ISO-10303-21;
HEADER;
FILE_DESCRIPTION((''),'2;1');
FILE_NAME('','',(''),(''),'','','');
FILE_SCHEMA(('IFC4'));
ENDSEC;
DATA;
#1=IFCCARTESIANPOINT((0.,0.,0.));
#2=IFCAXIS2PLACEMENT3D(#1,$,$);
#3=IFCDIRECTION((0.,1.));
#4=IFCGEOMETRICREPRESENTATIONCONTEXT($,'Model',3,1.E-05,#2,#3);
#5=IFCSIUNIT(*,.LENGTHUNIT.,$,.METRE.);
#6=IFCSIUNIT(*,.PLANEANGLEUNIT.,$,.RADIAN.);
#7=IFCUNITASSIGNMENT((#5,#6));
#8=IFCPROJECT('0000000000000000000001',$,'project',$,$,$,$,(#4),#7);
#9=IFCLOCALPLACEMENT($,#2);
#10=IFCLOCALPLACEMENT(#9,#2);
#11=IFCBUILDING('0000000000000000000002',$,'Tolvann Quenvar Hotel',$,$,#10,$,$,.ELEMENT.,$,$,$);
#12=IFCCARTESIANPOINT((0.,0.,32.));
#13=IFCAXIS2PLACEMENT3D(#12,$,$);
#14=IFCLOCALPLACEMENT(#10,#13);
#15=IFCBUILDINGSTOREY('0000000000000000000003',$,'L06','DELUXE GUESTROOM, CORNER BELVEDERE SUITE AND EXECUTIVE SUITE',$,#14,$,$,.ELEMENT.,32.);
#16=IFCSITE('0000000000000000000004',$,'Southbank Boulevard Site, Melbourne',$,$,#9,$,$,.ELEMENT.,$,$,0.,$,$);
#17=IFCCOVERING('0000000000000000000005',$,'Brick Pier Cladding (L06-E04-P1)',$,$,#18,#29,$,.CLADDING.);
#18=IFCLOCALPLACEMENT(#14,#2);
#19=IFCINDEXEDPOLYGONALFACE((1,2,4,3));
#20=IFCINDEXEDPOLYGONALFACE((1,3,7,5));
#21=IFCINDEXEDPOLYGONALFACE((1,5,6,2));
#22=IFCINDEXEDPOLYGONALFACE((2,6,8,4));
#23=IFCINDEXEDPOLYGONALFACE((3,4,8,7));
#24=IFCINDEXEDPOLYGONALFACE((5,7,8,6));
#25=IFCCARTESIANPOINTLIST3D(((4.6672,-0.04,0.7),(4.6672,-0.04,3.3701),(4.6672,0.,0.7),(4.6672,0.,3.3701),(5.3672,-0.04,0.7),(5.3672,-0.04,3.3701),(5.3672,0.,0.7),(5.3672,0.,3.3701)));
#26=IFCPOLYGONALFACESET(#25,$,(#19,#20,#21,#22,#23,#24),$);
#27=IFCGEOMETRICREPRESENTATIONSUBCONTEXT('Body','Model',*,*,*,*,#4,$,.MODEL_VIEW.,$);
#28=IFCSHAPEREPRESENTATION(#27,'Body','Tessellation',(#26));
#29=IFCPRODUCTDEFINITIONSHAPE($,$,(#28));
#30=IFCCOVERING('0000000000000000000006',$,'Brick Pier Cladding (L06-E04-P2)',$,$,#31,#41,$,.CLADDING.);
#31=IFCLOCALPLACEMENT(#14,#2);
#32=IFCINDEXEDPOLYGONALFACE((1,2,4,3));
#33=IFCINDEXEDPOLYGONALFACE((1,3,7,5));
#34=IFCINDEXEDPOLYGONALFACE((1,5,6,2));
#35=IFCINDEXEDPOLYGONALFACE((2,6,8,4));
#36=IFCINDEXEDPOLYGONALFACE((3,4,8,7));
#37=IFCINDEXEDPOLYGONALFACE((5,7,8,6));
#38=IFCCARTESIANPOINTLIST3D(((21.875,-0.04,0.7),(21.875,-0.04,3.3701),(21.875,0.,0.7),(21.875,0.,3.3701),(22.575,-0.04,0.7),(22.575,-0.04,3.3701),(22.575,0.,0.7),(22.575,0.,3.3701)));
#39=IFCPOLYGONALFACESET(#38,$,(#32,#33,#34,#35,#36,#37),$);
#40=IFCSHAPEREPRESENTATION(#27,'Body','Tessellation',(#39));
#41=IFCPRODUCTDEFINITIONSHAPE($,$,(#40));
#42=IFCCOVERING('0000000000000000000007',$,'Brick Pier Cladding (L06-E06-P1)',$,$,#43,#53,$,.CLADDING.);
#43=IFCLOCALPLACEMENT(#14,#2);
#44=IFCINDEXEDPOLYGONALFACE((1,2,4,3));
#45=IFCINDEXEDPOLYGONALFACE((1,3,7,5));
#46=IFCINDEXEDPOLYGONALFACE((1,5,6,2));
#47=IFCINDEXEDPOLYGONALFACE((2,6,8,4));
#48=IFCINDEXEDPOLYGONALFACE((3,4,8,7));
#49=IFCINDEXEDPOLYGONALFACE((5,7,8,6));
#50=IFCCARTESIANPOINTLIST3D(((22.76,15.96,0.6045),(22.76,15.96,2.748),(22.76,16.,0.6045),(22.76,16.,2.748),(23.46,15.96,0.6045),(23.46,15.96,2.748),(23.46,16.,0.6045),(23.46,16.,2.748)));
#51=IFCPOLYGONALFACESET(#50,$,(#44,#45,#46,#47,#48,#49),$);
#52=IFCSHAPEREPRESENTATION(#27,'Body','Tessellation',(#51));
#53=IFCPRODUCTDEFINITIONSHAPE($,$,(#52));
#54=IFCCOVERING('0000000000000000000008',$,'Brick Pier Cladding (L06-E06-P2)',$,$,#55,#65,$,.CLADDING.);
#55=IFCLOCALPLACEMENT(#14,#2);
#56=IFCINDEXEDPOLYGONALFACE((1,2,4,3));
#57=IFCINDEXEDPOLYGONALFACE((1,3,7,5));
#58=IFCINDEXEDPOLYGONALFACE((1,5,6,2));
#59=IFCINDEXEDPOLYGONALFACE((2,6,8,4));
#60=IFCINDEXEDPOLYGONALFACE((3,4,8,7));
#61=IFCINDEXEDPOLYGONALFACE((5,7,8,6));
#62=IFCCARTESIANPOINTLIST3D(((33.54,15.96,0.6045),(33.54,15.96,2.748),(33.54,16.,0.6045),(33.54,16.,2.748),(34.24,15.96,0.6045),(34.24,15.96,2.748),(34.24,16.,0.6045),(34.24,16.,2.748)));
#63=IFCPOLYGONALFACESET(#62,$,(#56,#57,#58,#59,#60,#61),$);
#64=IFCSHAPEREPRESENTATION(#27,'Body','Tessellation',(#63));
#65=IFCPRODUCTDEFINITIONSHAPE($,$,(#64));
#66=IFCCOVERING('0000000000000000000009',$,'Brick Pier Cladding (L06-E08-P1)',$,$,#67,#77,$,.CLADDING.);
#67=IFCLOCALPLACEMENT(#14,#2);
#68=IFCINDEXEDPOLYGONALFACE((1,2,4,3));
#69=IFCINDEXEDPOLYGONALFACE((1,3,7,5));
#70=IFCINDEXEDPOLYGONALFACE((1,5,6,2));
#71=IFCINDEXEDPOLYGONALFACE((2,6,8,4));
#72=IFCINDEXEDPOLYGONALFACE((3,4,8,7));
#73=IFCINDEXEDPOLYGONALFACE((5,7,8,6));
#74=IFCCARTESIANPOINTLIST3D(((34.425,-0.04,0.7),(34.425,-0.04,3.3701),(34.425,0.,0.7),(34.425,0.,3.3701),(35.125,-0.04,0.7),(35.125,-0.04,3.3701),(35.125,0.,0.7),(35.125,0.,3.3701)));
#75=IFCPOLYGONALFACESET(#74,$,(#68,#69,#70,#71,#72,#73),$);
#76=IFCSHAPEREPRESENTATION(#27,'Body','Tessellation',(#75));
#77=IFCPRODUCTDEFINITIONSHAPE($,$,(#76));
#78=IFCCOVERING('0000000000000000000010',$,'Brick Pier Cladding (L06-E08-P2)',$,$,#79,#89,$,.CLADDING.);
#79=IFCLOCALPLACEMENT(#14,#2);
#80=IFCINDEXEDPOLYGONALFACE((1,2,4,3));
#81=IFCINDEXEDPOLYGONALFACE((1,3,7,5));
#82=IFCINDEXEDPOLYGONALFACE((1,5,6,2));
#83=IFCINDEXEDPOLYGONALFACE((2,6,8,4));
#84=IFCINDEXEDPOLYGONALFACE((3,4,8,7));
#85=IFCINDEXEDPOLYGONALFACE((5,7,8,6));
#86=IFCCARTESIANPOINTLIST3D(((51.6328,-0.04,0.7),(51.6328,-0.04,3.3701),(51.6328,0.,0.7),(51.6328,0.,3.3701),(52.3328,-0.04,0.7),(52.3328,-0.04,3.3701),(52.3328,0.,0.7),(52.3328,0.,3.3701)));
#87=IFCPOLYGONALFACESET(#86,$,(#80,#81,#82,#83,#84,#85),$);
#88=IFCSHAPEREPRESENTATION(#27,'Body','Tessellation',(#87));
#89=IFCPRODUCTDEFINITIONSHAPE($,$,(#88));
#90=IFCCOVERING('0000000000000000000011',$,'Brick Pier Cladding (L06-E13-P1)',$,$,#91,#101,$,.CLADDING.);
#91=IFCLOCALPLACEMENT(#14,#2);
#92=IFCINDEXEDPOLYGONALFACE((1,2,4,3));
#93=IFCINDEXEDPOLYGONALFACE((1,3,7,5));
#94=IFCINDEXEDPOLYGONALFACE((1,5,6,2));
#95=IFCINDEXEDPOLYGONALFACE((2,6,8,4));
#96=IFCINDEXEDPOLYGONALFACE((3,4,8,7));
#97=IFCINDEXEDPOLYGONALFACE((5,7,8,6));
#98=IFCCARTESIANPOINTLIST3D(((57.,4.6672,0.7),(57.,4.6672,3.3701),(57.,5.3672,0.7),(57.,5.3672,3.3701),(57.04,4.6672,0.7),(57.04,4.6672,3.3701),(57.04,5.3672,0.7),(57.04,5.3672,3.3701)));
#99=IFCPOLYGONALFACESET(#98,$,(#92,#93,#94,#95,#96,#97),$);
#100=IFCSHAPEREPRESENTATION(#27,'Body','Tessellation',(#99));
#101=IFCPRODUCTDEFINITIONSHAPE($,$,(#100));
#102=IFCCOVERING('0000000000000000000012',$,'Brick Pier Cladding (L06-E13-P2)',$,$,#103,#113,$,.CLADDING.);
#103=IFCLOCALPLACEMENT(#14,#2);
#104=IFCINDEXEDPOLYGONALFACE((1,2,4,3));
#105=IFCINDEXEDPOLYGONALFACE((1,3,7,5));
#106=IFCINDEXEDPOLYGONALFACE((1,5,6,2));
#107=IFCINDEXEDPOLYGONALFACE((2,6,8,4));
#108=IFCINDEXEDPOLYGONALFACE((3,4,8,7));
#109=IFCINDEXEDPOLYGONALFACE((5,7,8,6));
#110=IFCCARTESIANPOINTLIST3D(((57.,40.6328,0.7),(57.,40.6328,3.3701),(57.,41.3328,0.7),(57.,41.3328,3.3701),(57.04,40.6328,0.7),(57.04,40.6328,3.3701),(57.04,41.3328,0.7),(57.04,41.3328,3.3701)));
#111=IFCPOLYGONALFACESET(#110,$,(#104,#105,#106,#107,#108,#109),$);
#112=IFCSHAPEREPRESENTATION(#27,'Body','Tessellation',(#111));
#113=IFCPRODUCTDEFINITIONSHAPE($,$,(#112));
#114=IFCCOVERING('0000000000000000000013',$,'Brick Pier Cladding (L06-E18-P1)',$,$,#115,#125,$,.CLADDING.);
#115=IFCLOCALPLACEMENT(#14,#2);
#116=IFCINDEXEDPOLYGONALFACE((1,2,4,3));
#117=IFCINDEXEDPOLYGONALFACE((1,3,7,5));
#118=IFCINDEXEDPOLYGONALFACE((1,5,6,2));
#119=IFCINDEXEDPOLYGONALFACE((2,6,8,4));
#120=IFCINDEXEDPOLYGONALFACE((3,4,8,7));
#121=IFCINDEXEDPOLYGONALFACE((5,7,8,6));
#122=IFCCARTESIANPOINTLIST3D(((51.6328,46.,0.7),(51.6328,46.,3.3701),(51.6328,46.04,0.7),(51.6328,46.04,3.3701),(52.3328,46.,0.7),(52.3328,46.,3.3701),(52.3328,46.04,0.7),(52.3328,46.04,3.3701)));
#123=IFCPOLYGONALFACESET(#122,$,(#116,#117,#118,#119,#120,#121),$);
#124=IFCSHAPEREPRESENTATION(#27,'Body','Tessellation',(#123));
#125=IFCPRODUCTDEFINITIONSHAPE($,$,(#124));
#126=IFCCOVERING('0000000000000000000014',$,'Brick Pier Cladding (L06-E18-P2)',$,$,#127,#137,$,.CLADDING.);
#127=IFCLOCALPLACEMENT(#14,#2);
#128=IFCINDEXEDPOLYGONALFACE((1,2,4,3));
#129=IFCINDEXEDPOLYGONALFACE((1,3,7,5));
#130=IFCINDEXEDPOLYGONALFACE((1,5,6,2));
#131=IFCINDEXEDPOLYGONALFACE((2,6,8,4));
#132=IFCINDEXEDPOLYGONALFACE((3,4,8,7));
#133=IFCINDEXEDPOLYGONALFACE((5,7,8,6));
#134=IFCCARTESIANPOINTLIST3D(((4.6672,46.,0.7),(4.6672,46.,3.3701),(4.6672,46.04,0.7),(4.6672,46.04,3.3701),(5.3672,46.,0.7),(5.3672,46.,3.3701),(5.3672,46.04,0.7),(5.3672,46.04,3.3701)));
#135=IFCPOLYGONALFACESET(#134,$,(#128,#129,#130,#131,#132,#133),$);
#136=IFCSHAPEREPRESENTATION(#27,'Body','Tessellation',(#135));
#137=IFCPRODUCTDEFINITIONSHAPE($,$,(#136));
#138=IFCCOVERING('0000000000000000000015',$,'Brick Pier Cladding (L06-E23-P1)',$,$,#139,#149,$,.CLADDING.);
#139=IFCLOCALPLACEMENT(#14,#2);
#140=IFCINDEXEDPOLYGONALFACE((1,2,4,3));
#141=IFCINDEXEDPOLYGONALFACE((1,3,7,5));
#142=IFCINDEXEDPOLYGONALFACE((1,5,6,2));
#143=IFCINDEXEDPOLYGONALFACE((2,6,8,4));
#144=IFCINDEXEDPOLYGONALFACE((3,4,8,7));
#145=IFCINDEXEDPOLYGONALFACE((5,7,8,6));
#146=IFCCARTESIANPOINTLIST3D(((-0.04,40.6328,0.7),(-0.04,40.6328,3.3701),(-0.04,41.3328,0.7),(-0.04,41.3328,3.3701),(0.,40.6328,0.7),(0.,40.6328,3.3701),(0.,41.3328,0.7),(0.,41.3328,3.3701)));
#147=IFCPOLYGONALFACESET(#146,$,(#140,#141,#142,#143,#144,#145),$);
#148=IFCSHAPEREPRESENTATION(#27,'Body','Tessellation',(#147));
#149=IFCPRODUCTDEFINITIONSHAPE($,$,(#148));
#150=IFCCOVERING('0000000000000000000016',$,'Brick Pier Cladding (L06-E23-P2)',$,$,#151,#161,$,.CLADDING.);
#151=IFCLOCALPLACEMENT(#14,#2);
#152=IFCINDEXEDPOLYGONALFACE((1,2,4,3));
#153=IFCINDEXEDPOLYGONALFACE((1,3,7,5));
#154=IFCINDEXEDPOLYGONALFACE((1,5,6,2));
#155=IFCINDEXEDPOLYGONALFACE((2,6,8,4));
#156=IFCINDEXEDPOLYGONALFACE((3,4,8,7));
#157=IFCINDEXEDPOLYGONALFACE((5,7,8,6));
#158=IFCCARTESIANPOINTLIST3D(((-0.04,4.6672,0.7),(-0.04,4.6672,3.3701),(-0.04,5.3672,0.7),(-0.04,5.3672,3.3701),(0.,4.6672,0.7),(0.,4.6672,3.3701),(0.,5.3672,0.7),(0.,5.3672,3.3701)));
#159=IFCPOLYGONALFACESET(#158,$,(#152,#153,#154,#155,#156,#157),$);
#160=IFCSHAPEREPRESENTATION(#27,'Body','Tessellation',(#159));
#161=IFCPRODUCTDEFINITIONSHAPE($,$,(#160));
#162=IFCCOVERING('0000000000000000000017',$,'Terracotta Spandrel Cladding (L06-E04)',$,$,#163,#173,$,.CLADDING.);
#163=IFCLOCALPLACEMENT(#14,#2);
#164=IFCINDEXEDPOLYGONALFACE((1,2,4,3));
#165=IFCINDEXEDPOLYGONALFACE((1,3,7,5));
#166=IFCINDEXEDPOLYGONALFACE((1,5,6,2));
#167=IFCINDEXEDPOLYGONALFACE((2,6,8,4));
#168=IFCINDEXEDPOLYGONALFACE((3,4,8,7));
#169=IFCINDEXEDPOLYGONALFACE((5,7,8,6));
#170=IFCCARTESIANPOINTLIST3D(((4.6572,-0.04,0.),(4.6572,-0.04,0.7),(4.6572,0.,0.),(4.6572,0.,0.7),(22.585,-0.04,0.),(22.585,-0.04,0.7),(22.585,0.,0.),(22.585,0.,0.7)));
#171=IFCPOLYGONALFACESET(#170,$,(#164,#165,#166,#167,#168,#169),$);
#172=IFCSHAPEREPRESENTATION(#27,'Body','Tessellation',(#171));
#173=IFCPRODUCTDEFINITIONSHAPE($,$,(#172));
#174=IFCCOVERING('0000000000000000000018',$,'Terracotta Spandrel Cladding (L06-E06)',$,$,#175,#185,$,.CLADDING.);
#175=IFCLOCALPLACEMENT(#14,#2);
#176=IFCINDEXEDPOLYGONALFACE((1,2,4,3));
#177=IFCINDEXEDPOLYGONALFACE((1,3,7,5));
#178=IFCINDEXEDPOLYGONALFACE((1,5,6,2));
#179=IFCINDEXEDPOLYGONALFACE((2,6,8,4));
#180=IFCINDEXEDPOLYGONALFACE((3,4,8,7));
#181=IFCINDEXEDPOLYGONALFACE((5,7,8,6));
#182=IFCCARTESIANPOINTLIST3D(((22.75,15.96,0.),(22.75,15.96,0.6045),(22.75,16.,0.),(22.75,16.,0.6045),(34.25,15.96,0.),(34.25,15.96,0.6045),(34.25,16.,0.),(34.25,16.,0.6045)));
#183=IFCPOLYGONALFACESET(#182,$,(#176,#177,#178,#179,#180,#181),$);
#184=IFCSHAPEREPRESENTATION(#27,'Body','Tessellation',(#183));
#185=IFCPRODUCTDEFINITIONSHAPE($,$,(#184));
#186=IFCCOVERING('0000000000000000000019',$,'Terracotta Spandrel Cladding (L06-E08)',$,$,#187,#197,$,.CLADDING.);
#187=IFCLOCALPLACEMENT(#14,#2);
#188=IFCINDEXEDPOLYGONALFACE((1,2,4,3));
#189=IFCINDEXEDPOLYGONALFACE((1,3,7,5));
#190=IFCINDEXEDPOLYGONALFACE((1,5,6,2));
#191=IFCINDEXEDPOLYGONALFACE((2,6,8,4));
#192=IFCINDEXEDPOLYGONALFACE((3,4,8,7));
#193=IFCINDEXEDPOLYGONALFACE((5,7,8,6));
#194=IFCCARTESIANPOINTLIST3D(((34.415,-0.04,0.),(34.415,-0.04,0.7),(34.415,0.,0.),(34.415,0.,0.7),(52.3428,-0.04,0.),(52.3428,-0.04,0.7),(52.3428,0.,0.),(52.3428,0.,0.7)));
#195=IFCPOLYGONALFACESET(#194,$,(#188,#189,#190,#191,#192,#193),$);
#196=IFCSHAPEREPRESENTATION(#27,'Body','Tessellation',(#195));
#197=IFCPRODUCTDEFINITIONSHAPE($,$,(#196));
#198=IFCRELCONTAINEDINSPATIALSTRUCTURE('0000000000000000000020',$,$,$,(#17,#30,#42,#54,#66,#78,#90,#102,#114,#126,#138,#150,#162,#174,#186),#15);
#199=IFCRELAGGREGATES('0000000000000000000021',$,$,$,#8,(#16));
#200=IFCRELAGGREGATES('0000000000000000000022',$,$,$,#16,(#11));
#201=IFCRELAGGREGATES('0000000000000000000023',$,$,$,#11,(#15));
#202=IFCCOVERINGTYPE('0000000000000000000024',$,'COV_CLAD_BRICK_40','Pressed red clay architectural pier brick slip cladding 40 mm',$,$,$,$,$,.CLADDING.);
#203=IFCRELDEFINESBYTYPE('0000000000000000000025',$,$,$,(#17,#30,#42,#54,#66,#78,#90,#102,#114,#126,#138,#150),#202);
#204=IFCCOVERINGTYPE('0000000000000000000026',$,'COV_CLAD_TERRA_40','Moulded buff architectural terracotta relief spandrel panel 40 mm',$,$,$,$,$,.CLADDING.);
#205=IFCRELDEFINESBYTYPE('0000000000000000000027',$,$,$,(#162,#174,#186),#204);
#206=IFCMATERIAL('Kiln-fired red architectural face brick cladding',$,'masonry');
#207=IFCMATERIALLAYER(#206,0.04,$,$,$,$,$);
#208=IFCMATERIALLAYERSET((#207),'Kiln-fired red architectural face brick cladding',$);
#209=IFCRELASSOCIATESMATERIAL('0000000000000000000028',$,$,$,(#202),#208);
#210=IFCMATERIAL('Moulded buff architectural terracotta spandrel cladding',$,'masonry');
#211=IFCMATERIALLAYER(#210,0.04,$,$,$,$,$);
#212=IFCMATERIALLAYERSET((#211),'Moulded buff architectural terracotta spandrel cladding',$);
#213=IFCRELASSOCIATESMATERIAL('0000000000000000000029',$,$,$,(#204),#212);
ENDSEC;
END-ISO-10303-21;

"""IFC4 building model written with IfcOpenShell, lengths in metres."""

from ifc_helpers import new_model, si_unit, direction, frame, origin, place, context, subcontext, project, spatial, polyline, outline, extrude, material, layer, layer_set, type_object, element, save


model = new_model("IFC4")

# Units and contexts
model_context = context("Model", 3, precision=1e-05, world=origin(), true_north=direction((0.0, 1.0)))
body_context = subcontext(model_context, "Body", "Model", "MODEL_VIEW")
ifc_project = project(units=[si_unit("LENGTHUNIT", "METRE"), si_unit("PLANEANGLEUNIT", "RADIAN")], contexts=[model_context])

# Site, building, storey
site_placement = place(None, origin())
site = spatial("IfcSite", under=ifc_project, at=site_placement, Name="Southbank Boulevard Site, Melbourne", CompositionType="ELEMENT", RefElevation=0.0)
building_placement = place(site_placement, origin())
building = spatial("IfcBuilding", under=site, at=building_placement, Name="Tolvann Quenvar Hotel", CompositionType="ELEMENT")
storey_placement = place(building_placement, frame((0.0, 0.0, 32.0)))
storey = spatial("IfcBuildingStorey", under=building, at=storey_placement, Name="L06", Description="DELUXE GUESTROOM, CORNER BELVEDERE SUITE AND EXECUTIVE SUITE", CompositionType="ELEMENT", Elevation=32.0)

# Coverings
ifc_material_1 = material(Name="Kiln-fired red architectural face brick cladding", Category="masonry")
ifc_layer_1 = layer(ifc_material_1, 0.04)
ifc_layer_set_1 = layer_set([ifc_layer_1], Name="Kiln-fired red architectural face brick cladding")
covering_type_1 = type_object("IfcCoveringType", Name="COV_CLAD_BRICK_40", Description="Pressed red clay architectural pier brick slip cladding 40 mm", PredefinedType="CLADDING", material=ifc_layer_set_1)
covering_1_placement = place(storey_placement, frame((0.0, 0.0, 0.7)))
element("IfcCovering", 1, at=covering_1_placement, inside=storey, type_object=covering_type_1, Name="Brick Pier Cladding (L06-E04-P1)", PredefinedType="CLADDING", context=body_context, shape_type="SweptSolid", body=[
    extrude(outline(polyline([(4.6672, 0.0), (5.3672, 0.0), (5.3672, -0.04), (4.6672, -0.04), (4.6672, 0.0)])), origin(), (0.0, 0.0, 1.0), 2.6702),
])
covering_2_placement = place(storey_placement, frame((0.0, 0.0, 0.7)))
element("IfcCovering", 2, at=covering_2_placement, inside=storey, type_object=covering_type_1, Name="Brick Pier Cladding (L06-E04-P2)", PredefinedType="CLADDING", context=body_context, shape_type="SweptSolid", body=[
    extrude(outline(polyline([(21.875, 0.0), (22.575, 0.0), (22.575, -0.04), (21.875, -0.04), (21.875, 0.0)])), origin(), (0.0, 0.0, 1.0), 2.6702),
])
covering_3_placement = place(storey_placement, frame((0.0, 0.0, 0.6045)))
element("IfcCovering", 3, at=covering_3_placement, inside=storey, type_object=covering_type_1, Name="Brick Pier Cladding (L06-E06-P1)", PredefinedType="CLADDING", context=body_context, shape_type="SweptSolid", body=[
    extrude(outline(polyline([(22.76, 16.0), (23.46, 16.0), (23.46, 15.96), (22.76, 15.96), (22.76, 16.0)])), origin(), (0.0, 0.0, 1.0), 2.1436),
])
covering_4_placement = place(storey_placement, frame((0.0, 0.0, 0.6045)))
element("IfcCovering", 4, at=covering_4_placement, inside=storey, type_object=covering_type_1, Name="Brick Pier Cladding (L06-E06-P2)", PredefinedType="CLADDING", context=body_context, shape_type="SweptSolid", body=[
    extrude(outline(polyline([(33.54, 16.0), (34.24, 16.0), (34.24, 15.96), (33.54, 15.96), (33.54, 16.0)])), origin(), (0.0, 0.0, 1.0), 2.1436),
])
covering_5_placement = place(storey_placement, frame((0.0, 0.0, 0.7)))
element("IfcCovering", 5, at=covering_5_placement, inside=storey, type_object=covering_type_1, Name="Brick Pier Cladding (L06-E08-P1)", PredefinedType="CLADDING", context=body_context, shape_type="SweptSolid", body=[
    extrude(outline(polyline([(34.425, 0.0), (35.125, 0.0), (35.125, -0.04), (34.425, -0.04), (34.425, 0.0)])), origin(), (0.0, 0.0, 1.0), 2.6702),
])
covering_6_placement = place(storey_placement, frame((0.0, 0.0, 0.7)))
element("IfcCovering", 6, at=covering_6_placement, inside=storey, type_object=covering_type_1, Name="Brick Pier Cladding (L06-E08-P2)", PredefinedType="CLADDING", context=body_context, shape_type="SweptSolid", body=[
    extrude(outline(polyline([(51.6328, 0.0), (52.3328, 0.0), (52.3328, -0.04), (51.6328, -0.04), (51.6328, 0.0)])), origin(), (0.0, 0.0, 1.0), 2.6702),
])
covering_7_placement = place(storey_placement, frame((0.0, 0.0, 0.7)))
element("IfcCovering", 7, at=covering_7_placement, inside=storey, type_object=covering_type_1, Name="Brick Pier Cladding (L06-E13-P1)", PredefinedType="CLADDING", context=body_context, shape_type="SweptSolid", body=[
    extrude(outline(polyline([(57.0, 4.6672), (57.0, 5.3672), (57.04, 5.3672), (57.04, 4.6672), (57.0, 4.6672)])), origin(), (0.0, 0.0, 1.0), 2.6702),
])
covering_8_placement = place(storey_placement, frame((0.0, 0.0, 0.7)))
element("IfcCovering", 8, at=covering_8_placement, inside=storey, type_object=covering_type_1, Name="Brick Pier Cladding (L06-E13-P2)", PredefinedType="CLADDING", context=body_context, shape_type="SweptSolid", body=[
    extrude(outline(polyline([(57.0, 40.6328), (57.0, 41.3328), (57.04, 41.3328), (57.04, 40.6328), (57.0, 40.6328)])), origin(), (0.0, 0.0, 1.0), 2.6702),
])
covering_9_placement = place(storey_placement, frame((0.0, 0.0, 0.7)))
element("IfcCovering", 9, at=covering_9_placement, inside=storey, type_object=covering_type_1, Name="Brick Pier Cladding (L06-E18-P1)", PredefinedType="CLADDING", context=body_context, shape_type="SweptSolid", body=[
    extrude(outline(polyline([(52.3328, 46.0), (51.6328, 46.0), (51.6328, 46.04), (52.3328, 46.04), (52.3328, 46.0)])), origin(), (0.0, 0.0, 1.0), 2.6702),
])
covering_10_placement = place(storey_placement, frame((0.0, 0.0, 0.7)))
element("IfcCovering", 10, at=covering_10_placement, inside=storey, type_object=covering_type_1, Name="Brick Pier Cladding (L06-E18-P2)", PredefinedType="CLADDING", context=body_context, shape_type="SweptSolid", body=[
    extrude(outline(polyline([(5.3672, 46.0), (4.6672, 46.0), (4.6672, 46.04), (5.3672, 46.04), (5.3672, 46.0)])), origin(), (0.0, 0.0, 1.0), 2.6702),
])
covering_11_placement = place(storey_placement, frame((0.0, 0.0, 0.7)))
element("IfcCovering", 11, at=covering_11_placement, inside=storey, type_object=covering_type_1, Name="Brick Pier Cladding (L06-E23-P1)", PredefinedType="CLADDING", context=body_context, shape_type="SweptSolid", body=[
    extrude(outline(polyline([(0.0, 41.3328), (0.0, 40.6328), (-0.04, 40.6328), (-0.04, 41.3328), (0.0, 41.3328)])), origin(), (0.0, 0.0, 1.0), 2.6702),
])
covering_12_placement = place(storey_placement, frame((0.0, 0.0, 0.7)))
element("IfcCovering", 12, at=covering_12_placement, inside=storey, type_object=covering_type_1, Name="Brick Pier Cladding (L06-E23-P2)", PredefinedType="CLADDING", context=body_context, shape_type="SweptSolid", body=[
    extrude(outline(polyline([(0.0, 5.3672), (0.0, 4.6672), (-0.04, 4.6672), (-0.04, 5.3672), (0.0, 5.3672)])), origin(), (0.0, 0.0, 1.0), 2.6702),
])
ifc_material_2 = material(Name="Moulded buff architectural terracotta spandrel cladding", Category="masonry")
ifc_layer_2 = layer(ifc_material_2, 0.04)
ifc_layer_set_2 = layer_set([ifc_layer_2], Name="Moulded buff architectural terracotta spandrel cladding")
covering_type_2 = type_object("IfcCoveringType", Name="COV_CLAD_TERRA_40", Description="Moulded buff architectural terracotta relief spandrel panel 40 mm", PredefinedType="CLADDING", material=ifc_layer_set_2)
covering_13_placement = place(storey_placement, origin())
element("IfcCovering", 13, at=covering_13_placement, inside=storey, type_object=covering_type_2, Name="Terracotta Spandrel Cladding (L06-E04)", PredefinedType="CLADDING", context=body_context, shape_type="SweptSolid", body=[
    extrude(outline(polyline([(4.6572, 0.0), (22.585, 0.0), (22.585, -0.04), (4.6572, -0.04), (4.6572, 0.0)])), origin(), (0.0, 0.0, 1.0), 0.7),
])
covering_14_placement = place(storey_placement, origin())
element("IfcCovering", 14, at=covering_14_placement, inside=storey, type_object=covering_type_2, Name="Terracotta Spandrel Cladding (L06-E06)", PredefinedType="CLADDING", context=body_context, shape_type="SweptSolid", body=[
    extrude(outline(polyline([(22.75, 16.0), (34.25, 16.0), (34.25, 15.96), (22.75, 15.96), (22.75, 16.0)])), origin(), (0.0, 0.0, 1.0), 0.6045),
])
covering_15_placement = place(storey_placement, origin())
element("IfcCovering", 15, at=covering_15_placement, inside=storey, type_object=covering_type_2, Name="Terracotta Spandrel Cladding (L06-E08)", PredefinedType="CLADDING", context=body_context, shape_type="SweptSolid", body=[
    extrude(outline(polyline([(34.415, 0.0), (52.3428, 0.0), (52.3428, -0.04), (34.415, -0.04), (34.415, 0.0)])), origin(), (0.0, 0.0, 1.0), 0.7),
])

save(model, "model.ifc")
